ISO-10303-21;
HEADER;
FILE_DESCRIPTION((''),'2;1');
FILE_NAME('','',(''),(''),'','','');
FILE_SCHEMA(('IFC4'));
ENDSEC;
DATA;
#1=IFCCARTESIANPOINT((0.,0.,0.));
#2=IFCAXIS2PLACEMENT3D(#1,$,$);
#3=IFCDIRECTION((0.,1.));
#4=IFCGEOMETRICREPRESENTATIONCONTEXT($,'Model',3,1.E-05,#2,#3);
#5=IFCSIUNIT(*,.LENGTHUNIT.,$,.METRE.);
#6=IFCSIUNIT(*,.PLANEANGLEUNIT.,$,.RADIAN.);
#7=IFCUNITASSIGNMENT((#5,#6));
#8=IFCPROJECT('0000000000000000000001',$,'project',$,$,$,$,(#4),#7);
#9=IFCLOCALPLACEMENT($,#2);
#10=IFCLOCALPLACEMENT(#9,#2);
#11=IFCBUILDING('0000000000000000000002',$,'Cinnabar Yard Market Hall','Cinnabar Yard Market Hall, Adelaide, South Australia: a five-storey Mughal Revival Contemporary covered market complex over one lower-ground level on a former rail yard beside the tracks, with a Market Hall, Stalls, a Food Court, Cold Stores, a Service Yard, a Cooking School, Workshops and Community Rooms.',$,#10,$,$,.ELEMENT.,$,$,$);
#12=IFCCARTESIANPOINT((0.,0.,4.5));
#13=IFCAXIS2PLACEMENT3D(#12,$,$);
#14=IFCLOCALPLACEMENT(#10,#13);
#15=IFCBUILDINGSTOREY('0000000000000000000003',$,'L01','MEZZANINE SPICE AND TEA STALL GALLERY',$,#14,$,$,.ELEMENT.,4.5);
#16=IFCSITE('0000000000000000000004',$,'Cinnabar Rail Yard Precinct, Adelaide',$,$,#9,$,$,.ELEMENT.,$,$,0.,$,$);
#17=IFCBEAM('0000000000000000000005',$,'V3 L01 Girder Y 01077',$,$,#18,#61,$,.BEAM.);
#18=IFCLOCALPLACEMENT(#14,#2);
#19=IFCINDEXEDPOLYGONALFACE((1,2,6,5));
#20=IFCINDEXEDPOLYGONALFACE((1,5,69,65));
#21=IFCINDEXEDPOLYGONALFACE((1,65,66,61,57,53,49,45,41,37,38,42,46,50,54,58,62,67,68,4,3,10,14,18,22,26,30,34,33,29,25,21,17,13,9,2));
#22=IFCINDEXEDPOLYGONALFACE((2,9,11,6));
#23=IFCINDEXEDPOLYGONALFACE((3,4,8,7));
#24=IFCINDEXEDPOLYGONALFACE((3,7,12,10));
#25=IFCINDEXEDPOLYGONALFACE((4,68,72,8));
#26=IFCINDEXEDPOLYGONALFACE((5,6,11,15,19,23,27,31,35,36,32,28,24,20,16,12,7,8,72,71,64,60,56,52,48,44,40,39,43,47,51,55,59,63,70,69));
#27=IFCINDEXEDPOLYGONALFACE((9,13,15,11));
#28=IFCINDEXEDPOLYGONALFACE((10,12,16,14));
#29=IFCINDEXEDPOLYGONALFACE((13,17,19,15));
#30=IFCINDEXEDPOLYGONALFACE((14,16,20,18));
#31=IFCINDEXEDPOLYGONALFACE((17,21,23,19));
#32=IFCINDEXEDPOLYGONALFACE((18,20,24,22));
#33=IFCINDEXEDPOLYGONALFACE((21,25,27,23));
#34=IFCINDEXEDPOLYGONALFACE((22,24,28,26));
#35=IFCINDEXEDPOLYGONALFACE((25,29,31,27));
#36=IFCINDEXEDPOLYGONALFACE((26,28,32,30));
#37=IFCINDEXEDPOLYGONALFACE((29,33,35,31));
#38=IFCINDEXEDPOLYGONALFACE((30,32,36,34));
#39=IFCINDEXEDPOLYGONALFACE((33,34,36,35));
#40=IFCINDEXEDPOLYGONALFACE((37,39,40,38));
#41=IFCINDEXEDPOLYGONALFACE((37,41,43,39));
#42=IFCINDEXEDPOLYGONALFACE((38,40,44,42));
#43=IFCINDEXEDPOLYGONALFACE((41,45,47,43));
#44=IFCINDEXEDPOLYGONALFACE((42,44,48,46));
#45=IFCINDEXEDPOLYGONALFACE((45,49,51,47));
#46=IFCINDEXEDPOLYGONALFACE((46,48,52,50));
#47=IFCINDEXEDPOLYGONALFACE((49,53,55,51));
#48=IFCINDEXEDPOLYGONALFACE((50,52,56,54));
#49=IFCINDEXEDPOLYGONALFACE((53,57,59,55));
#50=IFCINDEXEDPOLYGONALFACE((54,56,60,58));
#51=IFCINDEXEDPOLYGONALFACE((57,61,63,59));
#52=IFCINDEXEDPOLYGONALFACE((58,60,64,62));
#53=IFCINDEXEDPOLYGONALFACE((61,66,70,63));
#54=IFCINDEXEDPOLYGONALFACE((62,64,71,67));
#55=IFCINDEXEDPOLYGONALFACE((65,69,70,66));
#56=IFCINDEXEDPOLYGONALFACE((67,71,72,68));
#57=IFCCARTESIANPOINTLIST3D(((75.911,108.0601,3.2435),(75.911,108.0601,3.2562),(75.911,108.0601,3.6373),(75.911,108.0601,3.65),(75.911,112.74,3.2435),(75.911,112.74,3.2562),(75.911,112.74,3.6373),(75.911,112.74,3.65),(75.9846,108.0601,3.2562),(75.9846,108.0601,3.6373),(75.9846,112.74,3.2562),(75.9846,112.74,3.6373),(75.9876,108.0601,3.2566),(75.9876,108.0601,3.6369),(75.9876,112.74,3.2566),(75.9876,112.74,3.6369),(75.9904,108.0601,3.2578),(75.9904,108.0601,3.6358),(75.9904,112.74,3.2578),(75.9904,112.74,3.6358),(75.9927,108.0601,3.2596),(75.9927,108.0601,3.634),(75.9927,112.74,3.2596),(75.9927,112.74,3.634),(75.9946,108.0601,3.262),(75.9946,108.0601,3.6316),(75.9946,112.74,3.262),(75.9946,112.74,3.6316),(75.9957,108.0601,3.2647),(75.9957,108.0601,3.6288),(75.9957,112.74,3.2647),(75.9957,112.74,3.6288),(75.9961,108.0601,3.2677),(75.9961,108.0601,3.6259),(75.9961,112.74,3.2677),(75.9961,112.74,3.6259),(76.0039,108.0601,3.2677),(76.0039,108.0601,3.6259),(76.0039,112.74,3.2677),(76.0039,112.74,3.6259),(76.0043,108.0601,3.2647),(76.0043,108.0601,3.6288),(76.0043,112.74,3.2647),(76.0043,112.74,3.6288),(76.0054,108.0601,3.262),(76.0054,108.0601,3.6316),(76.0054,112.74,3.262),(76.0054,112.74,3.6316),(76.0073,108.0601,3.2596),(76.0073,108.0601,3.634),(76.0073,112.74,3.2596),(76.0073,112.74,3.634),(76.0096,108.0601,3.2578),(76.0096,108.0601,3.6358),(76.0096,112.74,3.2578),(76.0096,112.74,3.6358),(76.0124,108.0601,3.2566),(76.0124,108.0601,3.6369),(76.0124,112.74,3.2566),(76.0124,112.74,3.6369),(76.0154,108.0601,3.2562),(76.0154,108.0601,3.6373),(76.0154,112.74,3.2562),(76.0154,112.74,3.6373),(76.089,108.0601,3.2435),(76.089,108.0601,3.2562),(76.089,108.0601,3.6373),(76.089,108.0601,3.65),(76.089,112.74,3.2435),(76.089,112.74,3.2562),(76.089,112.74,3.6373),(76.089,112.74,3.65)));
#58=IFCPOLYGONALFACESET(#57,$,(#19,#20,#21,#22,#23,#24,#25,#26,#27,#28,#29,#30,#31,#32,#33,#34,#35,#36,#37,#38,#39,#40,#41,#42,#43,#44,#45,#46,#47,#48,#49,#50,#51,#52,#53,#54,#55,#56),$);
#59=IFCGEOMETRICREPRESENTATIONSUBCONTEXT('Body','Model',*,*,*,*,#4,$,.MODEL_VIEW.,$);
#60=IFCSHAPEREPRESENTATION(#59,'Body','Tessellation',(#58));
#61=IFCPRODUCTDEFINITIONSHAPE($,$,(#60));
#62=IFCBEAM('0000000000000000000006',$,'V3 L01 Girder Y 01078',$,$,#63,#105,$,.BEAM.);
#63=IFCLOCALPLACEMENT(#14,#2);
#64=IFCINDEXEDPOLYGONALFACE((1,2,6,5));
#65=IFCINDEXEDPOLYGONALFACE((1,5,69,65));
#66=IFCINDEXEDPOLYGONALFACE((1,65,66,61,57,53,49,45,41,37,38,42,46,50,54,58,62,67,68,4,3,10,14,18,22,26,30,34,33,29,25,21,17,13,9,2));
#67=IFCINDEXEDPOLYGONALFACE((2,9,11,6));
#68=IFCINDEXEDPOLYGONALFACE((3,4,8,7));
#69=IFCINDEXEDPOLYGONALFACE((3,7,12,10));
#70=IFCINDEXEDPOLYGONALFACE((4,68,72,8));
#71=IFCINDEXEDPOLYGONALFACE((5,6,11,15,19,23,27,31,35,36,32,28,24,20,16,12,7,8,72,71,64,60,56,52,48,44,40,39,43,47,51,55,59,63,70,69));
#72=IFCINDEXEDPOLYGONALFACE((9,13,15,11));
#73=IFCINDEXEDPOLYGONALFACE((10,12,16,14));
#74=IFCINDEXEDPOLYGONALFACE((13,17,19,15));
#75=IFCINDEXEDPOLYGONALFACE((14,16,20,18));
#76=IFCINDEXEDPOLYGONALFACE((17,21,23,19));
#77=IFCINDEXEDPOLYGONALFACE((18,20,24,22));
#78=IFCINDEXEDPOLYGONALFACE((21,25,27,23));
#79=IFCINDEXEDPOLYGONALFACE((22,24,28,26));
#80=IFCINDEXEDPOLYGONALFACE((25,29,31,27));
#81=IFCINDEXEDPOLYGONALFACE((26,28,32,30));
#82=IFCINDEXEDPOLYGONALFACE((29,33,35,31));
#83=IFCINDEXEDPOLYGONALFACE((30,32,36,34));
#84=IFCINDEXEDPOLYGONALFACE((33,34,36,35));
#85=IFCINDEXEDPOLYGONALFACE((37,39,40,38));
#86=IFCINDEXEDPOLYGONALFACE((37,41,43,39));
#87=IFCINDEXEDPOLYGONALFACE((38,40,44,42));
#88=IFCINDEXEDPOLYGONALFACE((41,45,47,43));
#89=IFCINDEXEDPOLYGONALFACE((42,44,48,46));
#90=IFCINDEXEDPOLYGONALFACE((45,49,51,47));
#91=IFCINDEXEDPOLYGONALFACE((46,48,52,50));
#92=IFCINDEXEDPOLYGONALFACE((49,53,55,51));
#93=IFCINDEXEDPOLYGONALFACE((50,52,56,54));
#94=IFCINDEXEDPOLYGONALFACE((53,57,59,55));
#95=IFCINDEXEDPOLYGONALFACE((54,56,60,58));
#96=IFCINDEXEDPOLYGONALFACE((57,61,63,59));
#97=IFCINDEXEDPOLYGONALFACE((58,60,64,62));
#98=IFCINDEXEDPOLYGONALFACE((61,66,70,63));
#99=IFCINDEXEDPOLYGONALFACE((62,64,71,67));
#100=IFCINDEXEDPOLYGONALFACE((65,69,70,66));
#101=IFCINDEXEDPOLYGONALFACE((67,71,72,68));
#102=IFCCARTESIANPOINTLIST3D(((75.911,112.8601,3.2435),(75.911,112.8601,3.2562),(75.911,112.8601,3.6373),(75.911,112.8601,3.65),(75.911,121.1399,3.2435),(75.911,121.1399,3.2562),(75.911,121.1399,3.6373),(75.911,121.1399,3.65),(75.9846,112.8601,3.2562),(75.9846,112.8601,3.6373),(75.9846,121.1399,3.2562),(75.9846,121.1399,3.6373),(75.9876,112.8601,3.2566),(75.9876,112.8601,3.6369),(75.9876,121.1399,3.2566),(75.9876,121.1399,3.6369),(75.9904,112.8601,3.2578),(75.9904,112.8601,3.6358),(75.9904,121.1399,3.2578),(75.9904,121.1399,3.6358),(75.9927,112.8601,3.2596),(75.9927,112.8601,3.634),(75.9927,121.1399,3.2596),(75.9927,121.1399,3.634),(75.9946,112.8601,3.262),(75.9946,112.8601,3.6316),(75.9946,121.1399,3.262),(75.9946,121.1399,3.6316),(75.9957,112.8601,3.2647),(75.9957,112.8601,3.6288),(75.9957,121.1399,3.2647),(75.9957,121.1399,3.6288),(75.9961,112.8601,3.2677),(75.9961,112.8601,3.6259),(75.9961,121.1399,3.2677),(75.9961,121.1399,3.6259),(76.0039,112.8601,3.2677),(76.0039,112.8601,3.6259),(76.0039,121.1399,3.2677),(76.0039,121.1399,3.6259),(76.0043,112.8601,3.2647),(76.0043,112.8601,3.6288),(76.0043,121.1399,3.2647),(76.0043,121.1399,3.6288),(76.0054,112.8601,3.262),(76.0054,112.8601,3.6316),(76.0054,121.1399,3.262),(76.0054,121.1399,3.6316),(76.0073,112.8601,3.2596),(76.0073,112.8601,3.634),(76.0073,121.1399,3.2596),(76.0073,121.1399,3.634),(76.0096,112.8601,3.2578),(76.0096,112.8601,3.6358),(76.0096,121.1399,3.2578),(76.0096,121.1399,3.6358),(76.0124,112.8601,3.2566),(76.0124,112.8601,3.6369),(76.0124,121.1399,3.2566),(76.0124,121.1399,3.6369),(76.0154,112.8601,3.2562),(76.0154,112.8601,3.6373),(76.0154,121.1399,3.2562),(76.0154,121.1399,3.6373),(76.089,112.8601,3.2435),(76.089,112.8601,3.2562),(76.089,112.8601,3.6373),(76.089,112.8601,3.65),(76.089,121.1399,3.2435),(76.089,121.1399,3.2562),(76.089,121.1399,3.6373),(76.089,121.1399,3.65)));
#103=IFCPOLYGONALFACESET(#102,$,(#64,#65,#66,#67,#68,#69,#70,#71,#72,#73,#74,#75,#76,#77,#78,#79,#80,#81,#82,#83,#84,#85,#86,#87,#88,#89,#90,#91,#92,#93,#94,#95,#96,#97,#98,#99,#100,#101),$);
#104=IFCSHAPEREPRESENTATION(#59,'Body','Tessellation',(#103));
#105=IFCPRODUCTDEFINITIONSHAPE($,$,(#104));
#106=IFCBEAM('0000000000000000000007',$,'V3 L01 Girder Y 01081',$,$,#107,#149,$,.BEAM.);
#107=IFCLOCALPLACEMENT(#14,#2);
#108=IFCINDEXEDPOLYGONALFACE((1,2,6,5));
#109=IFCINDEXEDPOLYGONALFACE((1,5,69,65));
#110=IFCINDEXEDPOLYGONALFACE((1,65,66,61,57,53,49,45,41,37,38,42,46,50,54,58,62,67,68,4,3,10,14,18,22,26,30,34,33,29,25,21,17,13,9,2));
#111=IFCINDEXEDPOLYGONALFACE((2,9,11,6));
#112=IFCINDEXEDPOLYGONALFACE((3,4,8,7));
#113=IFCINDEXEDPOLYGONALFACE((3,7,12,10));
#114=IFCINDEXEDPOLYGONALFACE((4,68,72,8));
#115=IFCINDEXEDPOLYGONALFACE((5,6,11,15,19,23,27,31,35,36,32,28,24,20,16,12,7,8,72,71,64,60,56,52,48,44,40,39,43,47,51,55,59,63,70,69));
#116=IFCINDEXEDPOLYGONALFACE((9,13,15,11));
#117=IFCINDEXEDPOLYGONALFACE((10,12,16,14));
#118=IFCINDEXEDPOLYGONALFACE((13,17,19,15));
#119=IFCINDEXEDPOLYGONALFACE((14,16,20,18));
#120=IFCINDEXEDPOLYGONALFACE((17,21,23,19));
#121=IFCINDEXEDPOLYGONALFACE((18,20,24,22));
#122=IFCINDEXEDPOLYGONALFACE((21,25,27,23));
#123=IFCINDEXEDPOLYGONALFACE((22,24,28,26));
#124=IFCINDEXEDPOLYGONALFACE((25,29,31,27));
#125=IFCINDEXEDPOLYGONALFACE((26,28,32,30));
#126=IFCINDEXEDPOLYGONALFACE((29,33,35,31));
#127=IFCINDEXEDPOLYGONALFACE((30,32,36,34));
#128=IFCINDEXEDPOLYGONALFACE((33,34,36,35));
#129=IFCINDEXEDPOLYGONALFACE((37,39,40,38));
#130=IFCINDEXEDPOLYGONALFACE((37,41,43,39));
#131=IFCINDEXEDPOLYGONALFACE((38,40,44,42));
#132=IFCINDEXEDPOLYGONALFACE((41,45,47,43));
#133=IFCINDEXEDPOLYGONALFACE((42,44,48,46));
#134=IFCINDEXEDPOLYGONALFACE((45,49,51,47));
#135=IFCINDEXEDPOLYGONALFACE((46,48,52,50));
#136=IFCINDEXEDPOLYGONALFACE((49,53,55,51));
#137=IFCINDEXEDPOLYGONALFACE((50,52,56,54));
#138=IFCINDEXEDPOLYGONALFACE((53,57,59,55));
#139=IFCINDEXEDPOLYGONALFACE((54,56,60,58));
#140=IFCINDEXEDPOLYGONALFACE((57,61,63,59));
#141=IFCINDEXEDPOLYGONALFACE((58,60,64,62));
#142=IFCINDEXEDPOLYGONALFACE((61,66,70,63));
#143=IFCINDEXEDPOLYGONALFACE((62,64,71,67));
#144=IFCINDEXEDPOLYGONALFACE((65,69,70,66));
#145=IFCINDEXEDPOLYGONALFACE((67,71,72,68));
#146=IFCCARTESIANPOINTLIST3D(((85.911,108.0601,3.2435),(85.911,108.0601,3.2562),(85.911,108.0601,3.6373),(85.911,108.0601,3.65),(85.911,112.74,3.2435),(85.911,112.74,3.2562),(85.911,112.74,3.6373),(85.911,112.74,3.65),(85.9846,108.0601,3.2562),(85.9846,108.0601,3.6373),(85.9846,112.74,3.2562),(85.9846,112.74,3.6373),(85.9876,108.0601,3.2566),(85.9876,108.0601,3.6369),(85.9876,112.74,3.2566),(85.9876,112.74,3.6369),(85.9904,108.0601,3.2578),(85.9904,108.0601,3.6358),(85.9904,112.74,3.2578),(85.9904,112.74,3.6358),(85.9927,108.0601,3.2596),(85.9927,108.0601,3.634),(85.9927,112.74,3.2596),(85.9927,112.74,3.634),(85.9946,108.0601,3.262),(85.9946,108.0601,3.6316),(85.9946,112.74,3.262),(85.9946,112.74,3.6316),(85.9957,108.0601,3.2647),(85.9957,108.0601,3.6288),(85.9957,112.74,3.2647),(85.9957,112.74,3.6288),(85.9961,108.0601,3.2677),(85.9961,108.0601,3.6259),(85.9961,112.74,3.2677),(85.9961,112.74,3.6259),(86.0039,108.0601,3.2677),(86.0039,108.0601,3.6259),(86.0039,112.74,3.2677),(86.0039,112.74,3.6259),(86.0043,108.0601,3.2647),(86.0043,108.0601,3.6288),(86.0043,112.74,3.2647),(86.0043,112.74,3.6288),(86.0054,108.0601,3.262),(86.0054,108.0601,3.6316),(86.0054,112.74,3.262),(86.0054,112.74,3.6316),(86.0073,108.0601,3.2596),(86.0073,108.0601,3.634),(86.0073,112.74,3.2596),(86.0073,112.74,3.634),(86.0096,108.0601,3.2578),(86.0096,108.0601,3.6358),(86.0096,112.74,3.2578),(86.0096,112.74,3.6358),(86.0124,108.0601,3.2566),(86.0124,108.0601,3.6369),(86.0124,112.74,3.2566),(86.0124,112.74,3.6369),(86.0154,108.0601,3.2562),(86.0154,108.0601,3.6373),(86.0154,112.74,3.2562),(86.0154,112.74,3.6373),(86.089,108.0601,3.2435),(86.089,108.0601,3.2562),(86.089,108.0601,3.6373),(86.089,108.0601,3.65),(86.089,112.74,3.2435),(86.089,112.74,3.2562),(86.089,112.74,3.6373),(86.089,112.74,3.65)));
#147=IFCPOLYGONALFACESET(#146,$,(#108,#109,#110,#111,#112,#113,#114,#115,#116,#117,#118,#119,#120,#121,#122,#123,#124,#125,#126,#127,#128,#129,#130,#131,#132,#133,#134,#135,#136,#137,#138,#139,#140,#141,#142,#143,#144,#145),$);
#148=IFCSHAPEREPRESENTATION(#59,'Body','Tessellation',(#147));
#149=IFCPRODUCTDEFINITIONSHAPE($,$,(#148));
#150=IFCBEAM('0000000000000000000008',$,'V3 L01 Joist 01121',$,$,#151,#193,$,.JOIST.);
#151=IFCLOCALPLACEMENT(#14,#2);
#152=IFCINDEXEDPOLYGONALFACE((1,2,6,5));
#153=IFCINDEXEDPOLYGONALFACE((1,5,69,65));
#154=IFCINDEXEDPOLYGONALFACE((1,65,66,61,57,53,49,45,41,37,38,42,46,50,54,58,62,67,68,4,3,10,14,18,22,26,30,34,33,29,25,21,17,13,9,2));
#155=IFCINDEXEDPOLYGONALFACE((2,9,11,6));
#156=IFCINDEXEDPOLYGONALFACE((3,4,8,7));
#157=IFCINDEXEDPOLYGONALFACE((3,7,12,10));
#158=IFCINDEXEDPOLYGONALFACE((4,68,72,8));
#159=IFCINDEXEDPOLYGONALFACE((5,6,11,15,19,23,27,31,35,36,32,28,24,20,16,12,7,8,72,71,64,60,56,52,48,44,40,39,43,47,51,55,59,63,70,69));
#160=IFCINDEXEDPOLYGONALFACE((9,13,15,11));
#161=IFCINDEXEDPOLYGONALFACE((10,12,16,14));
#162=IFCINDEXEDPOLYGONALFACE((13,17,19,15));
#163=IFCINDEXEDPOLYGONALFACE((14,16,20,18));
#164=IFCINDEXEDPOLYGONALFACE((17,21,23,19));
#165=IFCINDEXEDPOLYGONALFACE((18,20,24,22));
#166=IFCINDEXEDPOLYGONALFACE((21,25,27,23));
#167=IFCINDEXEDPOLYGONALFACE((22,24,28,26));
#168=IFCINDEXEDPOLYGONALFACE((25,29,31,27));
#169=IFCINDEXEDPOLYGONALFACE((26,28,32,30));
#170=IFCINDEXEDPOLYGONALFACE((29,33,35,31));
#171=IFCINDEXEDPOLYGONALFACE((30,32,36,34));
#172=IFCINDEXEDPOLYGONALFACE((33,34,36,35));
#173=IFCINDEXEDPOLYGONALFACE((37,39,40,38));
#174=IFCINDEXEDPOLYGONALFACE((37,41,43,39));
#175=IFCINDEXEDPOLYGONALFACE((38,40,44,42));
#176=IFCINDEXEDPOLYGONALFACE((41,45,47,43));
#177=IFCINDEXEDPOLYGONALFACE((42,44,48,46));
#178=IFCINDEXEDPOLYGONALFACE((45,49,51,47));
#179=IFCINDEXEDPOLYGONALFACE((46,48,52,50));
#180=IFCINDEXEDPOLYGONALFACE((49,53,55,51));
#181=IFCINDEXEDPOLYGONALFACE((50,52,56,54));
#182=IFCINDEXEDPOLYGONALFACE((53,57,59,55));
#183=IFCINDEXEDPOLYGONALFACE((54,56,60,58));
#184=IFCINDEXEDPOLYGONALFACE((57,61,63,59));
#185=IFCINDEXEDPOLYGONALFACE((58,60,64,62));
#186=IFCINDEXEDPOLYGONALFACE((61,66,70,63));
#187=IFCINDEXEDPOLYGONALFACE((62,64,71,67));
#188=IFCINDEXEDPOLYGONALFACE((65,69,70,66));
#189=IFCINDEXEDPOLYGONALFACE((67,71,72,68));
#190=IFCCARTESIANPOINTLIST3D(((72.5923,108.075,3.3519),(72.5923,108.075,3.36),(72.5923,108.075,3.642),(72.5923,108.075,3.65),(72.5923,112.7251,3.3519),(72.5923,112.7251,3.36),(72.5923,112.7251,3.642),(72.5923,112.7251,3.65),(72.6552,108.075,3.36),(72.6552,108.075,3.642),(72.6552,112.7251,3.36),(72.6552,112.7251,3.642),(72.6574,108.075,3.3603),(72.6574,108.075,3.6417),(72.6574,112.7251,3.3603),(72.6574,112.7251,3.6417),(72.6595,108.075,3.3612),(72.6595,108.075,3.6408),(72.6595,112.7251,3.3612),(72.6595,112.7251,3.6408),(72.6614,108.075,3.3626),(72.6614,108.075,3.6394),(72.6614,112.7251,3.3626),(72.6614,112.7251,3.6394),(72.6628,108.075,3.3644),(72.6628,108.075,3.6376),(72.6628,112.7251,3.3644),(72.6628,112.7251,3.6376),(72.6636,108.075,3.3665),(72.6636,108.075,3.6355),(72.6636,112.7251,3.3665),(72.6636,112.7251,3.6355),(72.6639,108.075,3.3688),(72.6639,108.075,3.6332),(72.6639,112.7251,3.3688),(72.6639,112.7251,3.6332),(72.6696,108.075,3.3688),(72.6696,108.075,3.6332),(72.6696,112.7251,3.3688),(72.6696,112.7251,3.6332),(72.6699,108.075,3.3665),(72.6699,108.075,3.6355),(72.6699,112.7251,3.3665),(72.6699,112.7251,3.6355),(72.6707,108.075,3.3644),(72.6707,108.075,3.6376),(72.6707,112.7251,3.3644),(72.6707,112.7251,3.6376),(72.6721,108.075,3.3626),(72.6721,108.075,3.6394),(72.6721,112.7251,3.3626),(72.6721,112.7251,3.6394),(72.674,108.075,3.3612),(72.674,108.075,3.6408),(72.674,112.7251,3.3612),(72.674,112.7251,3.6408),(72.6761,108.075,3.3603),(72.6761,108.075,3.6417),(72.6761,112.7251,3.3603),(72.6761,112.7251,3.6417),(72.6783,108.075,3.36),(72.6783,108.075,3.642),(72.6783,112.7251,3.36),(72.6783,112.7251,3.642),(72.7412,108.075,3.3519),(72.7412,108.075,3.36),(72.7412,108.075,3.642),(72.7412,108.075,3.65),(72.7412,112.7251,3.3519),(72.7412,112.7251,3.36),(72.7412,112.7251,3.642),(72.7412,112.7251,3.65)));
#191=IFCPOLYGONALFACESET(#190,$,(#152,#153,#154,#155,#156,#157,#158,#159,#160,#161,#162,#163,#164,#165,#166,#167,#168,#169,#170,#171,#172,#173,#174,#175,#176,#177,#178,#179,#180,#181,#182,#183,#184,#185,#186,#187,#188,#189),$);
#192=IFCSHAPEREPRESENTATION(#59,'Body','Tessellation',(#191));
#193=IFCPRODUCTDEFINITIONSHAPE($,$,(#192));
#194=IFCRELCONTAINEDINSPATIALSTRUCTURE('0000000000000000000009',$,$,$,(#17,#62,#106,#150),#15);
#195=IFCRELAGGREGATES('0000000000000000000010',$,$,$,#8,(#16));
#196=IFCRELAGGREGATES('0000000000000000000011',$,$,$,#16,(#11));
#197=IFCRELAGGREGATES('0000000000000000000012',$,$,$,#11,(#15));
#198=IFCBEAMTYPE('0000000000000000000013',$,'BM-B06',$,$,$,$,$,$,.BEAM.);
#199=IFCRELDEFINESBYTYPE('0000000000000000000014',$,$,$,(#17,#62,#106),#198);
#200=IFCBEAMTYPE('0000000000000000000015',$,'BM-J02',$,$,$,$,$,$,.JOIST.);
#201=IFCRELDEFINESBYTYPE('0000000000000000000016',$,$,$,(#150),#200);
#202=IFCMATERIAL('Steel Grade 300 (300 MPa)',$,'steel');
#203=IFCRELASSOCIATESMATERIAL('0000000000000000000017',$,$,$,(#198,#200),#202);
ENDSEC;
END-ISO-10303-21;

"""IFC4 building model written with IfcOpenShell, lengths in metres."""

from ifc_helpers import new_model, si_unit, direction, frame, origin, origin_2d_with_axis, place, context, subcontext, project, spatial, i_section, extrude, material, material_profile, profile_set, type_object, element, save


model = new_model("IFC4")

# Units and contexts
model_context = context("Model", 3, precision=1e-05, world=origin(), true_north=direction((0.0, 1.0)))
body_context = subcontext(model_context, "Body", "Model", "MODEL_VIEW")
ifc_project = project(units=[si_unit("LENGTHUNIT", "METRE"), si_unit("PLANEANGLEUNIT", "RADIAN")], contexts=[model_context])

# Site, building, storey
site_placement = place(None, origin())
site = spatial("IfcSite", under=ifc_project, at=site_placement, Name="Cinnabar Rail Yard Precinct, Adelaide", CompositionType="ELEMENT", RefElevation=0.0)
building_placement = place(site_placement, origin())
building = spatial("IfcBuilding", under=site, at=building_placement, Name="Cinnabar Yard Market Hall", Description="Cinnabar Yard Market Hall, Adelaide, South Australia: a five-storey Mughal Revival Contemporary covered market complex over one lower-ground level on a former rail yard beside the tracks, with a Market Hall, Stalls, a Food Court, Cold Stores, a Service Yard, a Cooking School, Workshops and Community Rooms.", CompositionType="ELEMENT")
storey_placement = place(building_placement, frame((0.0, 0.0, 4.5)))
storey = spatial("IfcBuildingStorey", under=building, at=storey_placement, Name="L01", Description="MEZZANINE SPICE AND TEA STALL GALLERY", CompositionType="ELEMENT", Elevation=4.5)

# Shared definitions
ifc_material_1 = material(Name="Steel Grade 300 (300 MPa)", Category="steel")

# Beams
ifc_material_profile_1 = material_profile(ifc_material_1, i_section(OverallWidth=0.178, OverallDepth=0.4065, WebThickness=0.0078, FlangeThickness=0.0127, FilletRadius=0.0115, at=origin_2d_with_axis()), Name="410UB59.7")
ifc_profile_set_1 = profile_set([ifc_material_profile_1], Name="Steel Grade 300 (300 MPa)")
beam_type_1 = type_object("IfcBeamType", Name="BM-B06", PredefinedType="BEAM", material=ifc_profile_set_1)
beam_1_placement = place(storey_placement, frame((76.0, 108.0601, 3.4468), z_axis=(0.0, 1.0, 0.0), x_axis=(-1.0, 0.0, 0.0)))
element("IfcBeam", 1, at=beam_1_placement, inside=storey, type_object=beam_type_1, Name="V3 L01 Girder Y 01077", PredefinedType="BEAM", context=body_context, shape_type="SweptSolid", body=[
    extrude(i_section(OverallWidth=0.178, OverallDepth=0.4065, WebThickness=0.0078, FlangeThickness=0.0127, FilletRadius=0.0115, at=origin_2d_with_axis()), origin(), (0.0, 0.0, 1.0), 4.6799),
])
beam_2_placement = place(storey_placement, frame((76.0, 112.8601, 3.4468), z_axis=(0.0, 1.0, 0.0), x_axis=(-1.0, 0.0, 0.0)))
element("IfcBeam", 2, at=beam_2_placement, inside=storey, type_object=beam_type_1, Name="V3 L01 Girder Y 01078", PredefinedType="BEAM", context=body_context, shape_type="SweptSolid", body=[
    extrude(i_section(OverallWidth=0.178, OverallDepth=0.4065, WebThickness=0.0078, FlangeThickness=0.0127, FilletRadius=0.0115, at=origin_2d_with_axis()), origin(), (0.0, 0.0, 1.0), 8.2798),
])
beam_3_placement = place(storey_placement, frame((86.0, 108.0601, 3.4468), z_axis=(0.0, 1.0, 0.0), x_axis=(-1.0, 0.0, 0.0)))
element("IfcBeam", 3, at=beam_3_placement, inside=storey, type_object=beam_type_1, Name="V3 L01 Girder Y 01081", PredefinedType="BEAM", context=body_context, shape_type="SweptSolid", body=[
    extrude(i_section(OverallWidth=0.178, OverallDepth=0.4065, WebThickness=0.0078, FlangeThickness=0.0127, FilletRadius=0.0115, at=origin_2d_with_axis()), origin(), (0.0, 0.0, 1.0), 4.6799),
])
ifc_material_profile_2 = material_profile(ifc_material_1, i_section(OverallWidth=0.1489, OverallDepth=0.2981, WebThickness=0.0056, FlangeThickness=0.0081, FilletRadius=0.0088, at=origin_2d_with_axis()), Name="310UB32.0")
ifc_profile_set_2 = profile_set([ifc_material_profile_2], Name="Steel Grade 300 (300 MPa)")
beam_type_2 = type_object("IfcBeamType", Name="BM-J02", PredefinedType="JOIST", material=ifc_profile_set_2)
beam_4_placement = place(storey_placement, frame((72.6667, 108.075, 3.501), z_axis=(0.0, 1.0, 0.0), x_axis=(-1.0, 0.0, 0.0)))
element("IfcBeam", 4, at=beam_4_placement, inside=storey, type_object=beam_type_2, Name="V3 L01 Joist 01121", PredefinedType="JOIST", context=body_context, shape_type="SweptSolid", body=[
    extrude(i_section(OverallWidth=0.1489, OverallDepth=0.2981, WebThickness=0.0056, FlangeThickness=0.0081, FilletRadius=0.0088, at=origin_2d_with_axis()), origin(), (0.0, 0.0, 1.0), 4.6501),
])

save(model, "model.ifc")
